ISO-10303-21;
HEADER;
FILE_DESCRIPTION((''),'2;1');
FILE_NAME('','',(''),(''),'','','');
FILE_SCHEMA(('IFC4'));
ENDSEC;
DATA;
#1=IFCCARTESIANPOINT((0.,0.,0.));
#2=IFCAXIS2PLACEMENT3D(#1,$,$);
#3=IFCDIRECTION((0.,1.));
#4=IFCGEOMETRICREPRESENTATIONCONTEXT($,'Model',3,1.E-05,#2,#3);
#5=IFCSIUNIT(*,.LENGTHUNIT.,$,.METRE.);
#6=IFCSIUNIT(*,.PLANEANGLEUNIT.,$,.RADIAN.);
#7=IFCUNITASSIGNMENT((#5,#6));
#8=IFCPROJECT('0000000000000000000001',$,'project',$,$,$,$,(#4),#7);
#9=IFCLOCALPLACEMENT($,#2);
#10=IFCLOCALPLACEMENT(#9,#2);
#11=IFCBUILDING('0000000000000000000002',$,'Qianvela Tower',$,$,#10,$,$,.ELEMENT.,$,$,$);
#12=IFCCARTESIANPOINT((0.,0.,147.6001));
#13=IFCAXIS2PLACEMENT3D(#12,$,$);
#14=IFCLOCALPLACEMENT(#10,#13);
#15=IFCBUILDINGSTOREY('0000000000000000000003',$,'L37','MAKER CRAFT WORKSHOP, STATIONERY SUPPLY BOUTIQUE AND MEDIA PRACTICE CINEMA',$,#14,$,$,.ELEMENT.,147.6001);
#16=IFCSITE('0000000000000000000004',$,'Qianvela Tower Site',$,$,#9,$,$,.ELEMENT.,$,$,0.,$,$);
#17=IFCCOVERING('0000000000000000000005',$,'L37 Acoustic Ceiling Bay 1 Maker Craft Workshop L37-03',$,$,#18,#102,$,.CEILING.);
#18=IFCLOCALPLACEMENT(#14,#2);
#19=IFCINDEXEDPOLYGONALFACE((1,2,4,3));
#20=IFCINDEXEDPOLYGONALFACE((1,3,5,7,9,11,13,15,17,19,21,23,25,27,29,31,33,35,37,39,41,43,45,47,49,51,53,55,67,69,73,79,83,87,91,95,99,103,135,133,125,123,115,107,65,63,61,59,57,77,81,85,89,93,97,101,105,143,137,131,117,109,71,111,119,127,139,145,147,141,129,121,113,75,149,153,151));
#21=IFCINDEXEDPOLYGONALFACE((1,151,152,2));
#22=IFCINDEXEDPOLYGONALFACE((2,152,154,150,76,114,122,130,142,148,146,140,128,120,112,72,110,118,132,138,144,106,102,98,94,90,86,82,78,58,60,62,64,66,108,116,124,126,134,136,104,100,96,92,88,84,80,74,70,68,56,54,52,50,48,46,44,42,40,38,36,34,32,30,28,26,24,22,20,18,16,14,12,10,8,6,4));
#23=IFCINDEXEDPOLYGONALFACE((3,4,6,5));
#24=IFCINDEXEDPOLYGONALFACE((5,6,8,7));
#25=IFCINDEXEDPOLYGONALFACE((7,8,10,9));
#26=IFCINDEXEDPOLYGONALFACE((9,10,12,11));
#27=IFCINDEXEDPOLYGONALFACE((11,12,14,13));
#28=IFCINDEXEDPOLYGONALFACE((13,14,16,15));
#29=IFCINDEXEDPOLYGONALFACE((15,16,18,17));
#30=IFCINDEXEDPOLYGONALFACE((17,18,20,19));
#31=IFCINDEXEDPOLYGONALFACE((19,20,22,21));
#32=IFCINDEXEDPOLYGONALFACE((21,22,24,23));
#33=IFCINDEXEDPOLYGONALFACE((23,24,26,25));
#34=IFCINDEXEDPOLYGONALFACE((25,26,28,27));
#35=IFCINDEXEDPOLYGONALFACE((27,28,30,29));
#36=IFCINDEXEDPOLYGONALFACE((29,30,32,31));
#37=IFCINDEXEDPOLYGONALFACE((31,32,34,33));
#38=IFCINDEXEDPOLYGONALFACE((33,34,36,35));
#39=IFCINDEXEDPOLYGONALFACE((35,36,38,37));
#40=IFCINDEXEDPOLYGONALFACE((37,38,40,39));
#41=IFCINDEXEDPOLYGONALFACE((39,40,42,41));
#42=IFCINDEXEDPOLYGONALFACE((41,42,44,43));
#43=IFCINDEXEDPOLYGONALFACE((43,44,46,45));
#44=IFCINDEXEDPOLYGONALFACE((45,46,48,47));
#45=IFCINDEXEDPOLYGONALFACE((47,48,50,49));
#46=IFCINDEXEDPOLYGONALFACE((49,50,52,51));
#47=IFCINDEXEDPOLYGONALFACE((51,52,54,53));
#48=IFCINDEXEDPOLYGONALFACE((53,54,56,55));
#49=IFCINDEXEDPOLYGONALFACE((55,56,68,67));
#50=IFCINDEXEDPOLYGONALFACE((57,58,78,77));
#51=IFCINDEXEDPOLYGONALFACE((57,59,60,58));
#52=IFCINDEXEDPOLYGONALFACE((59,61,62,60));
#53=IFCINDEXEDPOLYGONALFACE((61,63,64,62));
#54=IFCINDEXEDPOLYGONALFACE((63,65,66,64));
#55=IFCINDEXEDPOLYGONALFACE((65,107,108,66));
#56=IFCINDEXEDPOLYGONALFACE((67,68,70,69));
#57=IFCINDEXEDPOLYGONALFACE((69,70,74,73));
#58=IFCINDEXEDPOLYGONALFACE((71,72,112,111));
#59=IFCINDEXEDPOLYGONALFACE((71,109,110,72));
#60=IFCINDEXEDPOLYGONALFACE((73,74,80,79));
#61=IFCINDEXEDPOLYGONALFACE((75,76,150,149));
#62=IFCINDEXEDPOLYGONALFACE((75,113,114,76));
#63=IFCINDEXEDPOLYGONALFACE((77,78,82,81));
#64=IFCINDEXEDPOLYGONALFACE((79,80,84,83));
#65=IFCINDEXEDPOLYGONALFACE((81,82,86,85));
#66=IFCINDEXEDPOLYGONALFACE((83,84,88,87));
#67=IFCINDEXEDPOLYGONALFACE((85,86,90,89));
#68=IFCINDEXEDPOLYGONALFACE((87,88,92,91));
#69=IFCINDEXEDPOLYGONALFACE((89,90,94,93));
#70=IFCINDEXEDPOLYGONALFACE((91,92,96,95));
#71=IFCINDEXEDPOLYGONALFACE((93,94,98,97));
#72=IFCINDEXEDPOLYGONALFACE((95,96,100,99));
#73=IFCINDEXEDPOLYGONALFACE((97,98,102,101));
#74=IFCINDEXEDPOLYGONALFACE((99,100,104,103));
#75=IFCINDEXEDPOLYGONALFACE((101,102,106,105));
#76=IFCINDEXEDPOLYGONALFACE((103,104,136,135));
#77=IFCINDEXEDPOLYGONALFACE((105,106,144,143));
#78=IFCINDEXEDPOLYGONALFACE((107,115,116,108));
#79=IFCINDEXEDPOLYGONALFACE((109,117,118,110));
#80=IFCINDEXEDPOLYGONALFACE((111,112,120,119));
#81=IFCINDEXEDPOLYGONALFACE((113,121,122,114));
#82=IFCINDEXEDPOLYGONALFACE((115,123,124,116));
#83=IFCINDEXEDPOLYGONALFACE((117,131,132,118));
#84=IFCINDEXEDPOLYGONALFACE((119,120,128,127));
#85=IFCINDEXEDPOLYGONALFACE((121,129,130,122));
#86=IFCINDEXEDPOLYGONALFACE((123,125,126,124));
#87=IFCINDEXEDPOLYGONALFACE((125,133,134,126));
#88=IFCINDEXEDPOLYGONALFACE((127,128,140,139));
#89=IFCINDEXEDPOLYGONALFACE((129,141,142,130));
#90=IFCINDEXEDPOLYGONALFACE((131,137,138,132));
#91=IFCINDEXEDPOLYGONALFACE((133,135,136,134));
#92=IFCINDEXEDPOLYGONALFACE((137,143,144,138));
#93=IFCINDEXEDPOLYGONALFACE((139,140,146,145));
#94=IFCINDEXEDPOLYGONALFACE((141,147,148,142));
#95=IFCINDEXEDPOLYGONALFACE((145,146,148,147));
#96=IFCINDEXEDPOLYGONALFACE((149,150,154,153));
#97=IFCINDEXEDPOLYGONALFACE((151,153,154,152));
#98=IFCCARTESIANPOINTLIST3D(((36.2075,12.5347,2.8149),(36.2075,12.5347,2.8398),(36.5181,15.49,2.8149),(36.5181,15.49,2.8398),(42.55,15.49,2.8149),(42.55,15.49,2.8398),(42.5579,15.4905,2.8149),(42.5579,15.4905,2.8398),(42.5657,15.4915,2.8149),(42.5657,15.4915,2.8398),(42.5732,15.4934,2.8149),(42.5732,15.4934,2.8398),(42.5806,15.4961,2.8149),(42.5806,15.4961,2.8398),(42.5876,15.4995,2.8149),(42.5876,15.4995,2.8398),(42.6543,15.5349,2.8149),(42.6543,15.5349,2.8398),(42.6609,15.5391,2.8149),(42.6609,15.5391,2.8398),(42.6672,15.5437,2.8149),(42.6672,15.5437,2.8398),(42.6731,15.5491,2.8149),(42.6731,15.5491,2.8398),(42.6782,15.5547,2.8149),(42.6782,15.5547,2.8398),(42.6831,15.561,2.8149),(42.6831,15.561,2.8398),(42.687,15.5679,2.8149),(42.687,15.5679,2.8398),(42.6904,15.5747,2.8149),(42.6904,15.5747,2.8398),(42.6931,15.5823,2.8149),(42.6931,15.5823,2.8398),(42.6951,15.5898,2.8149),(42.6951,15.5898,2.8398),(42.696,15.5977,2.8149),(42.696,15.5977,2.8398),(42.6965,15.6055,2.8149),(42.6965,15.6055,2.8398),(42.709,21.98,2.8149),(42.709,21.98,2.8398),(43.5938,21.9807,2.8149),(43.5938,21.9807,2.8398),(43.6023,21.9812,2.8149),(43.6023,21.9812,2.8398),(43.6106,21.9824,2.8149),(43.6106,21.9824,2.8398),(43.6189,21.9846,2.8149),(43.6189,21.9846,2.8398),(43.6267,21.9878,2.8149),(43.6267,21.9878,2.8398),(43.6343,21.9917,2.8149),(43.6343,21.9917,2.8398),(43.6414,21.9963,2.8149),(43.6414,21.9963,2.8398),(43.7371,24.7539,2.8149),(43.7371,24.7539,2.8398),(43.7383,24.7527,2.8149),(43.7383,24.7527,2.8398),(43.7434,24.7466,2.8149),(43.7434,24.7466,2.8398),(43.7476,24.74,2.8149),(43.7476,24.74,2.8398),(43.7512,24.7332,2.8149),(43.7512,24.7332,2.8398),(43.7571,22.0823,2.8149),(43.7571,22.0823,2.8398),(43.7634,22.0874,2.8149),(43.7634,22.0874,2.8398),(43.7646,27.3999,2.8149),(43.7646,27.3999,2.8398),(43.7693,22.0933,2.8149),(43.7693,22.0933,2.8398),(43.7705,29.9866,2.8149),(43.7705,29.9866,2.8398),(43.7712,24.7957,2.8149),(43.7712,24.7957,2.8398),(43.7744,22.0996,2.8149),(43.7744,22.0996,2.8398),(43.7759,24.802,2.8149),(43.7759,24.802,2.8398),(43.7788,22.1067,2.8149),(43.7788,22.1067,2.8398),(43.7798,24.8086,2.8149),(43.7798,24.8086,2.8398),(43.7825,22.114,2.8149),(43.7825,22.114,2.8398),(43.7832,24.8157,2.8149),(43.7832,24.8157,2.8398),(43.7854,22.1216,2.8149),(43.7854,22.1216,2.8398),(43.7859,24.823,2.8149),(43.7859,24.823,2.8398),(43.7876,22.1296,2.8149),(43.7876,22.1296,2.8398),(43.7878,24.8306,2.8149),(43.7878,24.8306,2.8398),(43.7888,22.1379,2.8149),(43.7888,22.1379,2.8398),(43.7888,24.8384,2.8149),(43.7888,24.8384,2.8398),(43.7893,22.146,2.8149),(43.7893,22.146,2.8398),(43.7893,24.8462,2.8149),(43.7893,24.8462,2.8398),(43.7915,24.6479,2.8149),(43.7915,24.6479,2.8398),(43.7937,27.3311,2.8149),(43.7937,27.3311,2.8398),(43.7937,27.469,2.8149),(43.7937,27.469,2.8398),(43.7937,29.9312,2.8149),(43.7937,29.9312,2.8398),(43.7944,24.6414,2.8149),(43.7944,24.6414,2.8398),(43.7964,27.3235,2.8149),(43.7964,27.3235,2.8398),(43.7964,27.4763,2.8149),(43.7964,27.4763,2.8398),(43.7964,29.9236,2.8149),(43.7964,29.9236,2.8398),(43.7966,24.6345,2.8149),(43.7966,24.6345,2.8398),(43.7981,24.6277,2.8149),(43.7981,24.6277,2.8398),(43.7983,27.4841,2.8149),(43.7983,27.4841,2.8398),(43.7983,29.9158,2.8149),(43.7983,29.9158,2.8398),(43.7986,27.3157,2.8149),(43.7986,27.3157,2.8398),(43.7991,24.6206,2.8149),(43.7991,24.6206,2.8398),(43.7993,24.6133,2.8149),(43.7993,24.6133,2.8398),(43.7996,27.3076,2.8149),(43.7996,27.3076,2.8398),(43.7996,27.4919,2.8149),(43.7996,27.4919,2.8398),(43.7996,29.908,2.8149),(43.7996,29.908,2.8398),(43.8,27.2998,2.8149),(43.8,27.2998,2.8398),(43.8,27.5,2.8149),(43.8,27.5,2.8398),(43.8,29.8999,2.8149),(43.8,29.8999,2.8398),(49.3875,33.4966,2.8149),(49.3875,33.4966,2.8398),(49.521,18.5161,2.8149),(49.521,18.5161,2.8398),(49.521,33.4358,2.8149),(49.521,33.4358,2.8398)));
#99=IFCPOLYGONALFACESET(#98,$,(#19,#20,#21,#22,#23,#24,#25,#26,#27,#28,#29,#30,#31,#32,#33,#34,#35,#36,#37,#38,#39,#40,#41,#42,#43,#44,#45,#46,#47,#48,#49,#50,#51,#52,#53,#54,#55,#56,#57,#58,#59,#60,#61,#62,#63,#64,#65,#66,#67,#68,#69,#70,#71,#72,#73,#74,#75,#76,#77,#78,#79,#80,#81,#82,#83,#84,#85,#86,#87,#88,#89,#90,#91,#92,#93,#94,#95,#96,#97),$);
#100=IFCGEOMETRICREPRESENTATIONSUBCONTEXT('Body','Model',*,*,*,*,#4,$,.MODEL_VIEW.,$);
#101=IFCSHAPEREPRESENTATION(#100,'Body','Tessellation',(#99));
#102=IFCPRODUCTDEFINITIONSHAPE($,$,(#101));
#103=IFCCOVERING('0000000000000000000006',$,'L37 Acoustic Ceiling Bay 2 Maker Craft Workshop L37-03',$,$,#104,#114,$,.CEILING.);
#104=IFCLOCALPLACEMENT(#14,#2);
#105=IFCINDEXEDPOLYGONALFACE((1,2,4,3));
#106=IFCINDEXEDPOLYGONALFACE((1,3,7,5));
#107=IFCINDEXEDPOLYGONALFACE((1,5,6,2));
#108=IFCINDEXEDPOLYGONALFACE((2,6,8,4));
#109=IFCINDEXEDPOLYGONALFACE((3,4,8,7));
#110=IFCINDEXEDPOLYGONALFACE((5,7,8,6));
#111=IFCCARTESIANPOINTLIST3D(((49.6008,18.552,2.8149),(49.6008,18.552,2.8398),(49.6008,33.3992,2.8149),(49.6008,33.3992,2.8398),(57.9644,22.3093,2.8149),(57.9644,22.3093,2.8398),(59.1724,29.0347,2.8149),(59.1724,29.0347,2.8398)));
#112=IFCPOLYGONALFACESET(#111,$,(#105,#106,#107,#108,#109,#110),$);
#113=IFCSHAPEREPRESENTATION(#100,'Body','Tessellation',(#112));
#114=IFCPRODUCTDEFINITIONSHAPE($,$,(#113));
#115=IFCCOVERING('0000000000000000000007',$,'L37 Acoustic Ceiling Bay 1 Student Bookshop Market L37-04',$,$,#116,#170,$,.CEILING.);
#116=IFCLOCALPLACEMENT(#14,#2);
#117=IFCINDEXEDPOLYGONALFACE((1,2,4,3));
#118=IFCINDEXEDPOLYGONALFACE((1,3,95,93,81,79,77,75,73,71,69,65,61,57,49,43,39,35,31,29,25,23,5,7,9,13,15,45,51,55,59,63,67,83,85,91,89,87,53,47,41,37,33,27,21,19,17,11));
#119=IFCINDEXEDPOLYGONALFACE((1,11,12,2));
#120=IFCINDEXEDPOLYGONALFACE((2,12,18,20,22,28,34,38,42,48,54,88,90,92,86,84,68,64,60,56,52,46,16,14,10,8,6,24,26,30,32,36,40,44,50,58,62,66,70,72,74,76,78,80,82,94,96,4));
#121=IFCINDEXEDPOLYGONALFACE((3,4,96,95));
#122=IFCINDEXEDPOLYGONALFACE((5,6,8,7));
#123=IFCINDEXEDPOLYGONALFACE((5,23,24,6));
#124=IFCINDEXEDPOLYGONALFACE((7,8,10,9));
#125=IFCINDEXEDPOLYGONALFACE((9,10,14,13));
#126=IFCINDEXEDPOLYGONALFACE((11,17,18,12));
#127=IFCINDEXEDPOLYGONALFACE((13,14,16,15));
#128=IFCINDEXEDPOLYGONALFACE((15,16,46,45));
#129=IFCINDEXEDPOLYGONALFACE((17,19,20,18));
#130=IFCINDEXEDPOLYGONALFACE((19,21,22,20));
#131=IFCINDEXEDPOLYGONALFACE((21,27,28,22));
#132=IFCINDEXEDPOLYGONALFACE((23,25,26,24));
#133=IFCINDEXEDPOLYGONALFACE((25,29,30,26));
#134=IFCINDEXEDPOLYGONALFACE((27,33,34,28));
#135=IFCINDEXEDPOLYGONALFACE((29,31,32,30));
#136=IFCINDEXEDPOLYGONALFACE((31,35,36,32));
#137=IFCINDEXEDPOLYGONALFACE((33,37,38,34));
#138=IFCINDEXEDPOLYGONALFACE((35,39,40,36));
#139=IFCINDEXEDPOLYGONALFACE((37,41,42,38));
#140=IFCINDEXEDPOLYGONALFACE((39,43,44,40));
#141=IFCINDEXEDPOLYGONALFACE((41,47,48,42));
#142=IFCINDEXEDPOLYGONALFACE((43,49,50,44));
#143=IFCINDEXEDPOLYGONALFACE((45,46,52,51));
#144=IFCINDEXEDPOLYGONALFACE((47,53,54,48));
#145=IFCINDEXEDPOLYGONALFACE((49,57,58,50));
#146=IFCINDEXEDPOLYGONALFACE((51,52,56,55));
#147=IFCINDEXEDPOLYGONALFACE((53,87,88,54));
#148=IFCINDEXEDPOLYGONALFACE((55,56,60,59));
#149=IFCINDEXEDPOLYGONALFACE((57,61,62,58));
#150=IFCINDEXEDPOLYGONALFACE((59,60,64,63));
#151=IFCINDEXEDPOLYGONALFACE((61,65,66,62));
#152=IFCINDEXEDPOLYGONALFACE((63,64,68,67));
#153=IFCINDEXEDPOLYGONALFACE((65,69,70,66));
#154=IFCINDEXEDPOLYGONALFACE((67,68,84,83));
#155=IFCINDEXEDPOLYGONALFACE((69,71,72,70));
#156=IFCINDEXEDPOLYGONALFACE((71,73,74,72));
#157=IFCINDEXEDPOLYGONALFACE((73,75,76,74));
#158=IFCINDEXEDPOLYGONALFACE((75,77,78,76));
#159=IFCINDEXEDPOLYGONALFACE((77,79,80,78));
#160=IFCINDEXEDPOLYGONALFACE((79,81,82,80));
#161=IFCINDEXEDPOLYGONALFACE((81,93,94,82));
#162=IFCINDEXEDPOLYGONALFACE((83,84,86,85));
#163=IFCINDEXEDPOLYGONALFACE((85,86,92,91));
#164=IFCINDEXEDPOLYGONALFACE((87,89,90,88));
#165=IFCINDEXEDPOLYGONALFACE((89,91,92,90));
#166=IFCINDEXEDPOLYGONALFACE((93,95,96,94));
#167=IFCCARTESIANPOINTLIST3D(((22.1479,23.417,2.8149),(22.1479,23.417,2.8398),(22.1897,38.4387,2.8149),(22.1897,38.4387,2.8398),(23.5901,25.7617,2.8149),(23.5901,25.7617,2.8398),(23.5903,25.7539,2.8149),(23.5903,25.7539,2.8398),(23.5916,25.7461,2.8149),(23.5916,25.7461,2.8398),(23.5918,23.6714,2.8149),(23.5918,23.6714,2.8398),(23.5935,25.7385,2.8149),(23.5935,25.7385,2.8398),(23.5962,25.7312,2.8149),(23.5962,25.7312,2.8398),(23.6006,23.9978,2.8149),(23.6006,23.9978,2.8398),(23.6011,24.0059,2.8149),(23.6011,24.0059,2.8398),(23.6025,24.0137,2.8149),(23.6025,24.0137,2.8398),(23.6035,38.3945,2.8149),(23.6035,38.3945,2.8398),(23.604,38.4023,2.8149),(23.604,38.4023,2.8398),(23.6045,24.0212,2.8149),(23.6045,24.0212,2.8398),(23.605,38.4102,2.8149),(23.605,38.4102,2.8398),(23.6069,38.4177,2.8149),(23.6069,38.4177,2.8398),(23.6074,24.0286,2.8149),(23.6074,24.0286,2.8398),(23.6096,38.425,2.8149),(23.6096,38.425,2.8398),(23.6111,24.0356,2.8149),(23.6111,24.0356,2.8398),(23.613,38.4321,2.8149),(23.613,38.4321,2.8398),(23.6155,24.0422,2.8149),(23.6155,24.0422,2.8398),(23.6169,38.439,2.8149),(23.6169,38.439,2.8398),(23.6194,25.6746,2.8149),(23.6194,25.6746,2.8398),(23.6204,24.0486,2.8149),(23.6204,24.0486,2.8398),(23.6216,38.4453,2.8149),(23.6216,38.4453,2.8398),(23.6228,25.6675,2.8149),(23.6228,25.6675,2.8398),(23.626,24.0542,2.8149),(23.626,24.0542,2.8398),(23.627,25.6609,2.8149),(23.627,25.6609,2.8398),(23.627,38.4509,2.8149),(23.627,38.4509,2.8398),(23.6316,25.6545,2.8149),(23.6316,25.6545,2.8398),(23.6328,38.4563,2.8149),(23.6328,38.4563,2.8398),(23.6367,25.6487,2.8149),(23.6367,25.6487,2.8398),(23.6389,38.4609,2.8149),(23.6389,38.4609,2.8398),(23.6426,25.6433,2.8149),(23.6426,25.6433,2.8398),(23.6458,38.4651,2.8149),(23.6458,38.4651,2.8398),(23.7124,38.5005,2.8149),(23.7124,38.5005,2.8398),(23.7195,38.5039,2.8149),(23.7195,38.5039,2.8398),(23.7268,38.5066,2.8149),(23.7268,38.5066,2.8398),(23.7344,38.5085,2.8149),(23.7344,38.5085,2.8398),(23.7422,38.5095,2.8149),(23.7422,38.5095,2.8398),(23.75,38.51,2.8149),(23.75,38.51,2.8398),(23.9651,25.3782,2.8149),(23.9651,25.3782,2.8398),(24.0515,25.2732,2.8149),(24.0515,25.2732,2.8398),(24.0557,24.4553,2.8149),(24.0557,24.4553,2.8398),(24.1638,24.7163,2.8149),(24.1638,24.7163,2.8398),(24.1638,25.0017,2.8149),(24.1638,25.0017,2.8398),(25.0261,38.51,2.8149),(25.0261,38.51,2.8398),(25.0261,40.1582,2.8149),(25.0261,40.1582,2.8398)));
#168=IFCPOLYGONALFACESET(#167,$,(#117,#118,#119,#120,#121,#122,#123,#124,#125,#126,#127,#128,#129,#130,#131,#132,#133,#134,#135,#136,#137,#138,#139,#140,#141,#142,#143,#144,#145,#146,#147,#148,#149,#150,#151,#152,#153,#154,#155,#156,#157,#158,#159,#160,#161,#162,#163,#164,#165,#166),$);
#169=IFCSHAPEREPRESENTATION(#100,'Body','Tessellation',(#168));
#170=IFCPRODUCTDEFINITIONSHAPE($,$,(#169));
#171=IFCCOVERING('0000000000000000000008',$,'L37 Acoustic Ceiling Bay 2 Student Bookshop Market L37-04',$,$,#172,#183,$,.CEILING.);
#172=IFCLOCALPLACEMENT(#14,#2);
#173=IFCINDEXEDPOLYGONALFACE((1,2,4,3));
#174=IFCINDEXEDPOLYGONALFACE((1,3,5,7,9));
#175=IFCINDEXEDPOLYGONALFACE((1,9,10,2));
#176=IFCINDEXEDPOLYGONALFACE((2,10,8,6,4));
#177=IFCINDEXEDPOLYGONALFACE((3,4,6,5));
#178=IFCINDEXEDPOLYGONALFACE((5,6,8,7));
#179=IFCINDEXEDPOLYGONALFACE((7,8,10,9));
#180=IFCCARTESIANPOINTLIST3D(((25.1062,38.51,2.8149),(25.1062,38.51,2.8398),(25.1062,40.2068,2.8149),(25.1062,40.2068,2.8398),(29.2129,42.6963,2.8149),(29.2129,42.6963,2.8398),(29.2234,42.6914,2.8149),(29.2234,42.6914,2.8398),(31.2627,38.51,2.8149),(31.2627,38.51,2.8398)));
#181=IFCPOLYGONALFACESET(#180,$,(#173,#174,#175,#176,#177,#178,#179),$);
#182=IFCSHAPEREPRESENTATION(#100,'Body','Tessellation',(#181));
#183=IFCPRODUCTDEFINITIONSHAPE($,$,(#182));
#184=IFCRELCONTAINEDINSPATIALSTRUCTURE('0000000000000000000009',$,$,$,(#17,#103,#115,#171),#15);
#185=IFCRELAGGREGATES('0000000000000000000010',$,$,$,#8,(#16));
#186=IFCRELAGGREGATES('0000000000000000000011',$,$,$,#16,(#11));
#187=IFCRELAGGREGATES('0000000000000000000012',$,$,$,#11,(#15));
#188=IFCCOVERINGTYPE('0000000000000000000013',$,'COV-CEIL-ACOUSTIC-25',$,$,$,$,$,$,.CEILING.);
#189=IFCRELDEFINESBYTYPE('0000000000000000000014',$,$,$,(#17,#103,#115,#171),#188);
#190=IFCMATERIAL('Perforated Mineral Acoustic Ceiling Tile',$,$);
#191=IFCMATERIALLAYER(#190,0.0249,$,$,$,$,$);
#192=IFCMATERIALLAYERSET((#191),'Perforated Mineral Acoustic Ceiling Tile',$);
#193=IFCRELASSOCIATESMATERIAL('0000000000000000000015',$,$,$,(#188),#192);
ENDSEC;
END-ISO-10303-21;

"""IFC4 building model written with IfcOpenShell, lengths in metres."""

from ifc_helpers import new_model, si_unit, direction, frame, origin, place, context, subcontext, project, spatial, polyline, outline, extrude, material, layer, layer_set, type_object, element, save


model = new_model("IFC4")

# Units and contexts
model_context = context("Model", 3, precision=1e-05, world=origin(), true_north=direction((0.0, 1.0)))
body_context = subcontext(model_context, "Body", "Model", "MODEL_VIEW")
ifc_project = project(units=[si_unit("LENGTHUNIT", "METRE"), si_unit("PLANEANGLEUNIT", "RADIAN")], contexts=[model_context])

# Site, building, storey
site_placement = place(None, origin())
site = spatial("IfcSite", under=ifc_project, at=site_placement, Name="Qianvela Tower Site", CompositionType="ELEMENT", RefElevation=0.0)
building_placement = place(site_placement, origin())
building = spatial("IfcBuilding", under=site, at=building_placement, Name="Qianvela Tower", CompositionType="ELEMENT")
storey_placement = place(building_placement, frame((0.0, 0.0, 147.6001)))
storey = spatial("IfcBuildingStorey", under=building, at=storey_placement, Name="L37", Description="MAKER CRAFT WORKSHOP, STATIONERY SUPPLY BOUTIQUE AND MEDIA PRACTICE CINEMA", CompositionType="ELEMENT", Elevation=147.6001)

# Coverings
ifc_material_1 = material(Name="Perforated Mineral Acoustic Ceiling Tile")
ifc_layer_1 = layer(ifc_material_1, 0.0249)
ifc_layer_set_1 = layer_set([ifc_layer_1], Name="Perforated Mineral Acoustic Ceiling Tile")
covering_type_1 = type_object("IfcCoveringType", Name="COV-CEIL-ACOUSTIC-25", PredefinedType="CEILING", material=ifc_layer_set_1)
covering_1_placement = place(storey_placement, frame((0.0, 0.0, 2.8149)))
element("IfcCovering", 1, at=covering_1_placement, inside=storey, type_object=covering_type_1, Name="L37 Acoustic Ceiling Bay 1 Maker Craft Workshop L37-03", PredefinedType="CEILING", context=body_context, shape_type="SweptSolid", body=[
    extrude(outline(polyline([(43.7712, 24.7957), (43.7759, 24.802), (43.7798, 24.8086), (43.7832, 24.8157), (43.7859, 24.823), (43.7878, 24.8306), (43.7888, 24.8384), (43.7893, 24.8462), (43.8, 27.2998), (43.7996, 27.3076), (43.7986, 27.3157), (43.7964, 27.3235), (43.7937, 27.3311), (43.7646, 27.3999), (43.7937, 27.469), (43.7964, 27.4763), (43.7983, 27.4841), (43.7996, 27.4919), (43.8, 27.5), (43.8, 29.8999), (43.7996, 29.908), (43.7983, 29.9158), (43.7964, 29.9236), (43.7937, 29.9312), (43.7705, 29.9866), (49.3875, 33.4966), (49.521, 33.4358), (49.521, 18.5161), (36.2075, 12.5347), (36.5181, 15.49), (42.55, 15.49), (42.5579, 15.4905), (42.5657, 15.4915), (42.5732, 15.4934), (42.5806, 15.4961), (42.5876, 15.4995), (42.6543, 15.5349), (42.6609, 15.5391), (42.6672, 15.5437), (42.6731, 15.5491), (42.6782, 15.5547), (42.6831, 15.561), (42.687, 15.5679), (42.6904, 15.5747), (42.6931, 15.5823), (42.6951, 15.5898), (42.696, 15.5977), (42.6965, 15.6055), (42.709, 21.98), (43.5938, 21.9807), (43.6023, 21.9812), (43.6106, 21.9824), (43.6189, 21.9846), (43.6267, 21.9878), (43.6343, 21.9917), (43.6414, 21.9963), (43.7571, 22.0823), (43.7634, 22.0874), (43.7693, 22.0933), (43.7744, 22.0996), (43.7788, 22.1067), (43.7825, 22.114), (43.7854, 22.1216), (43.7876, 22.1296), (43.7888, 22.1379), (43.7893, 22.146), (43.7993, 24.6133), (43.7991, 24.6206), (43.7981, 24.6277), (43.7966, 24.6345), (43.7944, 24.6414), (43.7915, 24.6479), (43.7512, 24.7332), (43.7476, 24.74), (43.7434, 24.7466), (43.7383, 24.7527), (43.7371, 24.7539), (43.7712, 24.7957)])), origin(), (0.0, 0.0, 1.0), 0.0249),
])
covering_2_placement = place(storey_placement, frame((0.0, 0.0, 2.8149)))
element("IfcCovering", 2, at=covering_2_placement, inside=storey, type_object=covering_type_1, Name="L37 Acoustic Ceiling Bay 2 Maker Craft Workshop L37-03", PredefinedType="CEILING", context=body_context, shape_type="SweptSolid", body=[
    extrude(outline(polyline([(59.1724, 29.0347), (57.9644, 22.3093), (49.6008, 18.552), (49.6008, 33.3992), (59.1724, 29.0347)])), origin(), (0.0, 0.0, 1.0), 0.0249),
])
covering_3_placement = place(storey_placement, frame((0.0, 0.0, 2.8149)))
element("IfcCovering", 3, at=covering_3_placement, inside=storey, type_object=covering_type_1, Name="L37 Acoustic Ceiling Bay 1 Student Bookshop Market L37-04", PredefinedType="CEILING", context=body_context, shape_type="SweptSolid", body=[
    extrude(outline(polyline([(23.7422, 38.5095), (23.7344, 38.5085), (23.7268, 38.5066), (23.7195, 38.5039), (23.7124, 38.5005), (23.6458, 38.4651), (23.6389, 38.4609), (23.6328, 38.4563), (23.627, 38.4509), (23.6216, 38.4453), (23.6169, 38.439), (23.613, 38.4321), (23.6096, 38.425), (23.6069, 38.4177), (23.605, 38.4102), (23.604, 38.4023), (23.6035, 38.3945), (23.5901, 25.7617), (23.5903, 25.7539), (23.5916, 25.7461), (23.5935, 25.7385), (23.5962, 25.7312), (23.6194, 25.6746), (23.6228, 25.6675), (23.627, 25.6609), (23.6316, 25.6545), (23.6367, 25.6487), (23.6426, 25.6433), (23.9651, 25.3782), (24.0515, 25.2732), (24.1638, 25.0017), (24.1638, 24.7163), (24.0557, 24.4553), (23.626, 24.0542), (23.6204, 24.0486), (23.6155, 24.0422), (23.6111, 24.0356), (23.6074, 24.0286), (23.6045, 24.0212), (23.6025, 24.0137), (23.6011, 24.0059), (23.6006, 23.9978), (23.5918, 23.6714), (22.1479, 23.417), (22.1897, 38.4387), (25.0261, 40.1582), (25.0261, 38.51), (23.75, 38.51), (23.7422, 38.5095)])), origin(), (0.0, 0.0, 1.0), 0.0249),
])
covering_4_placement = place(storey_placement, frame((0.0, 0.0, 2.8149)))
element("IfcCovering", 4, at=covering_4_placement, inside=storey, type_object=covering_type_1, Name="L37 Acoustic Ceiling Bay 2 Student Bookshop Market L37-04", PredefinedType="CEILING", context=body_context, shape_type="SweptSolid", body=[
    extrude(outline(polyline([(29.2129, 42.6963), (29.2234, 42.6914), (31.2627, 38.51), (25.1062, 38.51), (25.1062, 40.2068), (29.2129, 42.6963)])), origin(), (0.0, 0.0, 1.0), 0.0249),
])

save(model, "model.ifc")
